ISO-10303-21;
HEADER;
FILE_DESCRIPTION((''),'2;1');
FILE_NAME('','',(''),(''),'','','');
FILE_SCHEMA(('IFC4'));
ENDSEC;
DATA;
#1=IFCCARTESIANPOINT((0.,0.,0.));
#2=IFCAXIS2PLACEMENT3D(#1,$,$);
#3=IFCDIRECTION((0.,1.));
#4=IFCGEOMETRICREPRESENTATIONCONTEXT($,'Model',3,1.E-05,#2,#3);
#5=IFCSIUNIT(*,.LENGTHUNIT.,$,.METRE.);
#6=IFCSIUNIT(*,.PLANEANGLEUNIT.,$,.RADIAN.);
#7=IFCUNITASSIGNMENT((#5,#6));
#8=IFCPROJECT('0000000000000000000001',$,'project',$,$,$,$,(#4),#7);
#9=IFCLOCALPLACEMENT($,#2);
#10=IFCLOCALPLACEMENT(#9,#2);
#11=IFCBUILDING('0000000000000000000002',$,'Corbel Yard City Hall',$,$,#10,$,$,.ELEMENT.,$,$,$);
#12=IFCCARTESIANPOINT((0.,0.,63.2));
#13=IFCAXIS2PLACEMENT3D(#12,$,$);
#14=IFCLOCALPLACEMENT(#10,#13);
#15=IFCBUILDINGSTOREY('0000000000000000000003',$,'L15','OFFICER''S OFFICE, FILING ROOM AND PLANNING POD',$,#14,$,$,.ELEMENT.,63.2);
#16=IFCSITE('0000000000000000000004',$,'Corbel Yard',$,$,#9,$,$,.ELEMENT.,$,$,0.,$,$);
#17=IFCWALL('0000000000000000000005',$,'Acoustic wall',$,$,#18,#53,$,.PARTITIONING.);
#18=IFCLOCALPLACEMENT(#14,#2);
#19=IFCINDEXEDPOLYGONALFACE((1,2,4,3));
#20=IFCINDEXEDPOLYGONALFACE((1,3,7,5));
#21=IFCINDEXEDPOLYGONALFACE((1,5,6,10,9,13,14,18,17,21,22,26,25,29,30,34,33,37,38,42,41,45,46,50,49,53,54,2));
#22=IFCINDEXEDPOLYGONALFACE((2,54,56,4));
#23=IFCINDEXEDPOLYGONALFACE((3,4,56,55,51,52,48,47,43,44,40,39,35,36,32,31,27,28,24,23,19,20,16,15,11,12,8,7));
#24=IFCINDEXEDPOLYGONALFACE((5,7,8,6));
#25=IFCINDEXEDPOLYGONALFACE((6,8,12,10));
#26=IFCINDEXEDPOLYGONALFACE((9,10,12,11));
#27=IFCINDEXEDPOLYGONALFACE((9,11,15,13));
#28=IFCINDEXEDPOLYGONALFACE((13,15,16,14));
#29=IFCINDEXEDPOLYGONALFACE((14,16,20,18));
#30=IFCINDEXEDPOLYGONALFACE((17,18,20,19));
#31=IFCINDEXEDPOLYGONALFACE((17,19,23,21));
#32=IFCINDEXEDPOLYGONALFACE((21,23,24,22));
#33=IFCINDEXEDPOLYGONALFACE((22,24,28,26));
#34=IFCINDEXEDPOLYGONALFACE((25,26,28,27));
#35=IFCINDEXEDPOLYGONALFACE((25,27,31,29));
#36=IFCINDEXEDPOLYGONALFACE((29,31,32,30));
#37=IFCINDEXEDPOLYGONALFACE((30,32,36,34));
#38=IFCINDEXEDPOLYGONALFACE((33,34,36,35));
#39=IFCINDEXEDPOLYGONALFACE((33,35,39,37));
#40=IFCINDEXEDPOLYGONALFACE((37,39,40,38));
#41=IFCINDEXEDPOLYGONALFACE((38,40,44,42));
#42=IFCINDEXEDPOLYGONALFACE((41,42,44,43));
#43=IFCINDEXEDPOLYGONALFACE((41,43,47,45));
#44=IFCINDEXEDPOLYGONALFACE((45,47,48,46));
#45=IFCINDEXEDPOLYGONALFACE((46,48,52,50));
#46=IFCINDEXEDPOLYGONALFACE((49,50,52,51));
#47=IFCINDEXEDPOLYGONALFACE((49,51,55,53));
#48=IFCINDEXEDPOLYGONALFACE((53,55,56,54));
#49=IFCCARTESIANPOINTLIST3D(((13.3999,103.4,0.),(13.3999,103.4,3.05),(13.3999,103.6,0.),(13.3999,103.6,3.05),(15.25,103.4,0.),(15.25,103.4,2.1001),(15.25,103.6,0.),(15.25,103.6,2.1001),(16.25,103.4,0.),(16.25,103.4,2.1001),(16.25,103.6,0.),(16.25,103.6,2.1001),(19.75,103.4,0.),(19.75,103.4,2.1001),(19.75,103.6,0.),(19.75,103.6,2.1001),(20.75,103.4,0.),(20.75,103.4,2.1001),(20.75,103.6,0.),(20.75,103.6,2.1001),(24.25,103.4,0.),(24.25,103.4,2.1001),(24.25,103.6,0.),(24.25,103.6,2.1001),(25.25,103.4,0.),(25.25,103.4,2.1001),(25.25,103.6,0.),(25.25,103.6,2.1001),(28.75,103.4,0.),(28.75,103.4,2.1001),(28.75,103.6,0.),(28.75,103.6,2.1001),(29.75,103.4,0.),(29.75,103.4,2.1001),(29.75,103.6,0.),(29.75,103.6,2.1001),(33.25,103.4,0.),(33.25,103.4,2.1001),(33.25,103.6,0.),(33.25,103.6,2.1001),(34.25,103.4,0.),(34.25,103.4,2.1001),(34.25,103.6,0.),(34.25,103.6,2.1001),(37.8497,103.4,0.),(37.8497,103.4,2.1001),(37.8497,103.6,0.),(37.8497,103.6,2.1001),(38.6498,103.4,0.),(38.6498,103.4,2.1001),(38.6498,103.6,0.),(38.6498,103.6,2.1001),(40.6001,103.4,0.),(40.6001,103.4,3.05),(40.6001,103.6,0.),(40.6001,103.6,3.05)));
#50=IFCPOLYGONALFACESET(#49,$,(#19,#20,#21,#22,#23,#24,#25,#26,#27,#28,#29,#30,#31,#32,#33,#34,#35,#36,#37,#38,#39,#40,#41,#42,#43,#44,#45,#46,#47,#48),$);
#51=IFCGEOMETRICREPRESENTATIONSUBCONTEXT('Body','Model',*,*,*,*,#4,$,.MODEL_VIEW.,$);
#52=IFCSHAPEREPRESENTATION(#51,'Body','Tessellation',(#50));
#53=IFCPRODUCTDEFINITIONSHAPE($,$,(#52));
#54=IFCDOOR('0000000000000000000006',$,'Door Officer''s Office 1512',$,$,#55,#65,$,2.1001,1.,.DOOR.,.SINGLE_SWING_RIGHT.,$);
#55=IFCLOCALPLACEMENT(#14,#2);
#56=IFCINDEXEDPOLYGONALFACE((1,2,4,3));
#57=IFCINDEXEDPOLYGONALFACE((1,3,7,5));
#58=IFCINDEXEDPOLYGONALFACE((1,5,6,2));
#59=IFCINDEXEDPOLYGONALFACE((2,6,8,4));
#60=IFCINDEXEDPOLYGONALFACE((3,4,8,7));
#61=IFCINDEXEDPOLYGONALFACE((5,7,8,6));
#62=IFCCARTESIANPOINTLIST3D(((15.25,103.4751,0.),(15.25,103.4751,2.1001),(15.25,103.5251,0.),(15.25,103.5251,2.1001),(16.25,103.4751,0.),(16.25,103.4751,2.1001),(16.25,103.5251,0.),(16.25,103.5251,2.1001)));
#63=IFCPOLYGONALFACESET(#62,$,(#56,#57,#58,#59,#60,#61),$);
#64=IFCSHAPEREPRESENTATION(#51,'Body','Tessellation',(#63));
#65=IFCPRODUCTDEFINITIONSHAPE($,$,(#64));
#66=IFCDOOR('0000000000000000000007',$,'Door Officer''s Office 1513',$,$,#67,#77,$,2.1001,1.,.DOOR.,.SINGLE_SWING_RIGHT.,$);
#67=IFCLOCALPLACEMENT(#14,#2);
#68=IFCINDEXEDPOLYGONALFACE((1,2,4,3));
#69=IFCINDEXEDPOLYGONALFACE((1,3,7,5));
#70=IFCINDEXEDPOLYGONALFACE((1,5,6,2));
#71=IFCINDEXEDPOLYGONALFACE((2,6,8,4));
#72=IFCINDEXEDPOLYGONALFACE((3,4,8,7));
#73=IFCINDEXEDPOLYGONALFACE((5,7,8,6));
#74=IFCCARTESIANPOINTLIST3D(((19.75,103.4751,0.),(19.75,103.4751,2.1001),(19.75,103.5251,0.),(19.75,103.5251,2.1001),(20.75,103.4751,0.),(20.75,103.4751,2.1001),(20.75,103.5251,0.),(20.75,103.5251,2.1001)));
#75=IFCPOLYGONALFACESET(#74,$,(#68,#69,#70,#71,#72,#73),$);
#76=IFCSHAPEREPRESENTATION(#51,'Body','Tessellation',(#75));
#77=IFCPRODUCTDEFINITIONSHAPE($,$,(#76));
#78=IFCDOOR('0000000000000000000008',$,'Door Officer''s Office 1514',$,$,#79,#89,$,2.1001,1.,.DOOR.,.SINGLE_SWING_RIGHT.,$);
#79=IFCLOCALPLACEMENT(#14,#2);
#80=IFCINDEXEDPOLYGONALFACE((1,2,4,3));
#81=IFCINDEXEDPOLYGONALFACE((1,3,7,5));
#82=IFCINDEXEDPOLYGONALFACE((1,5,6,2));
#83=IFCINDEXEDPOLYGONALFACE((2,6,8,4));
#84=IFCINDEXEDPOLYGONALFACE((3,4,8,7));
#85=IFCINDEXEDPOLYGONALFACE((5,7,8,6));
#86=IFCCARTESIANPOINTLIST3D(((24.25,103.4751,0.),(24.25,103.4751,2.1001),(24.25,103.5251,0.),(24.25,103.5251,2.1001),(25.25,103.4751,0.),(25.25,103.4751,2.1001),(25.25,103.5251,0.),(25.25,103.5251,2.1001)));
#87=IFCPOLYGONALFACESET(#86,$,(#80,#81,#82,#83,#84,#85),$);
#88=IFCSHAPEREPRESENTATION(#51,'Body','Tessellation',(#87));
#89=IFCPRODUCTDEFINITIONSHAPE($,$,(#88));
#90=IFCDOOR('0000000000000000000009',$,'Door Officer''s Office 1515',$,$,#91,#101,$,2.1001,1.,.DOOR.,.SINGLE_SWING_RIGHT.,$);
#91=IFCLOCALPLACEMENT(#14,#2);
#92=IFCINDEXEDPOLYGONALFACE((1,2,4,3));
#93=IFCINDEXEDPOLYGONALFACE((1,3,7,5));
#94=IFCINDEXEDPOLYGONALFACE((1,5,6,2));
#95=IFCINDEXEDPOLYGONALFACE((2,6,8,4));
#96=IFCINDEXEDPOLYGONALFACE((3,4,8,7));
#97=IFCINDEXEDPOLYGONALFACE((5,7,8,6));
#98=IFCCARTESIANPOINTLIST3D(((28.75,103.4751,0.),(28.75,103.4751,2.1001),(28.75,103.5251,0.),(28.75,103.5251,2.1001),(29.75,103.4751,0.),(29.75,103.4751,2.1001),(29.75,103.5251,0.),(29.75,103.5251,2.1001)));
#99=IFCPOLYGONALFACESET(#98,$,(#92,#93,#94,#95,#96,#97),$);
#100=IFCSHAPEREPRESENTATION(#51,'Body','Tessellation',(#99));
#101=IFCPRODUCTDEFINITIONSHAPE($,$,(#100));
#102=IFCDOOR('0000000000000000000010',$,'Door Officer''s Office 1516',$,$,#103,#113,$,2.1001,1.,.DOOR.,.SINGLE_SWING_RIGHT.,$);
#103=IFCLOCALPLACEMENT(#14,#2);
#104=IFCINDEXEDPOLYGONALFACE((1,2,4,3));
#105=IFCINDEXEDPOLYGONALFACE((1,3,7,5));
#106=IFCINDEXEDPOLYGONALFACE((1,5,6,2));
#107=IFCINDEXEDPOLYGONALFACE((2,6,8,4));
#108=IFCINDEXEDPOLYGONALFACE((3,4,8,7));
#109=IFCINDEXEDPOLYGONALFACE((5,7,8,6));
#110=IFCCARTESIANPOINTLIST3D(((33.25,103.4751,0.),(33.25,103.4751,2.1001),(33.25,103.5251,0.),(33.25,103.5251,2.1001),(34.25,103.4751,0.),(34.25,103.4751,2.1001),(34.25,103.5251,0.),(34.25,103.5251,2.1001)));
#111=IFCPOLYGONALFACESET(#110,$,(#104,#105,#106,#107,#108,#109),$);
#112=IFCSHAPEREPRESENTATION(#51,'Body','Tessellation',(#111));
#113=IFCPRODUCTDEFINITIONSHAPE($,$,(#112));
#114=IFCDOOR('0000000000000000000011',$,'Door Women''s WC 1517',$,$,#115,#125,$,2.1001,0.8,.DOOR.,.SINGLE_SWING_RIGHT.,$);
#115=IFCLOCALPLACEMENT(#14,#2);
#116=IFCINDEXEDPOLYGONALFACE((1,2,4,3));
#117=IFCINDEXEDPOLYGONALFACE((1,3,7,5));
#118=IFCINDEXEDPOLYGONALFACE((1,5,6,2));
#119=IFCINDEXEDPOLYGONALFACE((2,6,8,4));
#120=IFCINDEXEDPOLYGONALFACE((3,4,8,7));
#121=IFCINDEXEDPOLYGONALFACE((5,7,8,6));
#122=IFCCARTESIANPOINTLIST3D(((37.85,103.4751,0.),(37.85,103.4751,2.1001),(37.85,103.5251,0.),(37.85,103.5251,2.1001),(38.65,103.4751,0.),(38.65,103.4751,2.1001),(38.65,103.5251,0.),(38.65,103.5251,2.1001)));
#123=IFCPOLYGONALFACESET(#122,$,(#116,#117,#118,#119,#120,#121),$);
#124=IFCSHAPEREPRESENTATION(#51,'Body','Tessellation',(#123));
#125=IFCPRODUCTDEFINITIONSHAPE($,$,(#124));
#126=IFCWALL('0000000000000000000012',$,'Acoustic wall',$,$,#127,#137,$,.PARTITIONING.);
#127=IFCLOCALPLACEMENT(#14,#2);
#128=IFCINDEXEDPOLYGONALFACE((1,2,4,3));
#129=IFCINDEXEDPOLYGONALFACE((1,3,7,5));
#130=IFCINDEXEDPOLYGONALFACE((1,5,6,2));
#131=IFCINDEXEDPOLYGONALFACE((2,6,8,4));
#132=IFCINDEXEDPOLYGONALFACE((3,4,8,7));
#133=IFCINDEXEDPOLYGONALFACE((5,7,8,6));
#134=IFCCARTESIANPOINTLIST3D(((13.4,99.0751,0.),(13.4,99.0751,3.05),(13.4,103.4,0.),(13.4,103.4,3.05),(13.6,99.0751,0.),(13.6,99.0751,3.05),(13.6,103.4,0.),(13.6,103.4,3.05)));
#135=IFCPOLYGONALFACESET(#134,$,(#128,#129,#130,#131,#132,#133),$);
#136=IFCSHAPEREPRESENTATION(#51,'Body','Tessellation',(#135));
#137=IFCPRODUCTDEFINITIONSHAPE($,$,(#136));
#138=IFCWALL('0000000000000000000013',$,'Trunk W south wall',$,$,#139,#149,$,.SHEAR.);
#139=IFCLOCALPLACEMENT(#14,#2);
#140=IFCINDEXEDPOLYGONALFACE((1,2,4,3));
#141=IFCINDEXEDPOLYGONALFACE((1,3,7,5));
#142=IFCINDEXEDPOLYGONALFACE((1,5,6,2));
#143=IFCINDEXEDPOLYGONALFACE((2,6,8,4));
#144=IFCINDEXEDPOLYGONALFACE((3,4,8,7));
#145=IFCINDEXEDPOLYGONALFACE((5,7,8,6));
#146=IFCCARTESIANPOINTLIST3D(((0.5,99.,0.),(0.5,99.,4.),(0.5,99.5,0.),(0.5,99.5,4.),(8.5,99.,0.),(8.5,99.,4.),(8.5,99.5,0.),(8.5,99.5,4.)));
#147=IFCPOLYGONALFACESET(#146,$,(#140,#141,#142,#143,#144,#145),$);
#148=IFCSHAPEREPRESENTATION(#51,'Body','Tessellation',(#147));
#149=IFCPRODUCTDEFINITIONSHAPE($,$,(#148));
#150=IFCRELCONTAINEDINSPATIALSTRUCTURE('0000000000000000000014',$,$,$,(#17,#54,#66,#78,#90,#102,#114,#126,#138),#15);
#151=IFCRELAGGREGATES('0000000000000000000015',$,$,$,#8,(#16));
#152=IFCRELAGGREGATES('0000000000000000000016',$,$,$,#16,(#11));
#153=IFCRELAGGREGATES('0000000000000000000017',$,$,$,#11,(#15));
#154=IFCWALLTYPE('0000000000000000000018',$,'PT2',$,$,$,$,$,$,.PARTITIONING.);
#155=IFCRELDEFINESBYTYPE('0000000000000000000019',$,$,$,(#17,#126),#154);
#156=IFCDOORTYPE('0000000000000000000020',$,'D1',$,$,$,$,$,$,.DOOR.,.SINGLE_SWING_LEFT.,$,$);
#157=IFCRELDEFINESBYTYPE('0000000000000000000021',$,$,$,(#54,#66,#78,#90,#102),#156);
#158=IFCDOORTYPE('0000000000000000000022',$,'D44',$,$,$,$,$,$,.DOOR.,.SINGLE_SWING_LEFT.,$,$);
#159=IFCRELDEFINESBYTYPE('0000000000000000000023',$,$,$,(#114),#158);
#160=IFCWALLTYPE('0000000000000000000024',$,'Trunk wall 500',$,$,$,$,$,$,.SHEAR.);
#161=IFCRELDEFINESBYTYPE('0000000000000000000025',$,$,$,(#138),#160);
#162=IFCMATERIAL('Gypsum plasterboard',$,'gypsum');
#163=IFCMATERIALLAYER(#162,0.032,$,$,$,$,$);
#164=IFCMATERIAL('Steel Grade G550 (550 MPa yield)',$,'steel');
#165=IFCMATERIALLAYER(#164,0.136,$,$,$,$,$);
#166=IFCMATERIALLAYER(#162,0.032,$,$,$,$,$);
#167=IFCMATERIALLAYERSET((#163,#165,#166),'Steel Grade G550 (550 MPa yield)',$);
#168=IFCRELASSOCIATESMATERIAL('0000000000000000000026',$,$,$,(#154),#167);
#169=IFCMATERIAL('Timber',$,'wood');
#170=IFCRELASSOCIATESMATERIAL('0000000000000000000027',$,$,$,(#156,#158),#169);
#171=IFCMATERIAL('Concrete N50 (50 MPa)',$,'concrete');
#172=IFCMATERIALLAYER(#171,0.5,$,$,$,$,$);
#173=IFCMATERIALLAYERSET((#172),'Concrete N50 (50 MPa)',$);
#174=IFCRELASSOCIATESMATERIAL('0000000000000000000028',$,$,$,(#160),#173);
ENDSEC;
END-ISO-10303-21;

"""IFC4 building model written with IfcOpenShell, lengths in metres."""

from ifc_helpers import new_model, si_unit, direction, frame, frame_2d, origin, place, context, subcontext, project, spatial, rectangle, extrude, material, layer, layer_set, type_object, element, fill, save


model = new_model("IFC4")

# Units and contexts
model_context = context("Model", 3, precision=1e-05, world=origin(), true_north=direction((0.0, 1.0)))
body_context = subcontext(model_context, "Body", "Model", "MODEL_VIEW")
ifc_project = project(units=[si_unit("LENGTHUNIT", "METRE"), si_unit("PLANEANGLEUNIT", "RADIAN")], contexts=[model_context])

# Site, building, storey
site_placement = place(None, origin())
site = spatial("IfcSite", under=ifc_project, at=site_placement, Name="Corbel Yard", CompositionType="ELEMENT", RefElevation=0.0)
building_placement = place(site_placement, origin())
building = spatial("IfcBuilding", under=site, at=building_placement, Name="Corbel Yard City Hall", CompositionType="ELEMENT")
storey_placement = place(building_placement, frame((0.0, 0.0, 63.2)))
storey = spatial("IfcBuildingStorey", under=building, at=storey_placement, Name="L15", Description="OFFICER'S OFFICE, FILING ROOM AND PLANNING POD", CompositionType="ELEMENT", Elevation=63.2)

# Shared definitions
ifc_material_1 = material(Name="Gypsum plasterboard", Category="gypsum")
ifc_material_2 = material(Name="Steel Grade G550 (550 MPa yield)", Category="steel")

# Wall, openings, doors
ifc_layer_1 = layer(ifc_material_1, 0.032)
ifc_layer_2 = layer(ifc_material_2, 0.136)
ifc_layer_3 = layer(ifc_material_1, 0.032)
ifc_layer_set_1 = layer_set([ifc_layer_1, ifc_layer_2, ifc_layer_3], Name="Steel Grade G550 (550 MPa yield)")
wall_type_1 = type_object("IfcWallType", Name="PT2", PredefinedType="PARTITIONING", material=ifc_layer_set_1)
wall_1_placement = place(storey_placement, frame((13.3999, 103.5, 0.0), z_axis=(0.0, 0.0, 1.0), x_axis=(1.0, 0.0, 0.0)))
wall_1 = element("IfcWall", 1, at=wall_1_placement, inside=storey, type_object=wall_type_1, Name="Acoustic wall", PredefinedType="PARTITIONING", context=body_context, shape_type="SweptSolid", body=[
    extrude(rectangle(XDim=27.2002, YDim=0.2, at=frame_2d((13.6001, 0.0))), origin(), (0.0, 0.0, 1.0), 3.05),
])
opening_1_placement = place(wall_1_placement, frame((1.8501, 0.0, 0.0)))
opening_1 = element("IfcOpeningElement", 2, at=opening_1_placement, cuts=wall_1, PredefinedType="OPENING", context=body_context, shape_type="SweptSolid", body=[
    extrude(rectangle(XDim=1.0, YDim=2.1001, at=frame_2d((0.5, 1.05))), frame((0.0, 0.1099, 0.0), z_axis=(0.0, -1.0, 0.0), x_axis=(1.0, 0.0, 0.0)), (0.0, 0.0, 1.0), 0.22),
])
opening_2_placement = place(wall_1_placement, frame((6.3501, 0.0, 0.0)))
opening_2 = element("IfcOpeningElement", 3, at=opening_2_placement, cuts=wall_1, PredefinedType="OPENING", context=body_context, shape_type="SweptSolid", body=[
    extrude(rectangle(XDim=1.0, YDim=2.1001, at=frame_2d((0.5, 1.05))), frame((0.0, 0.1099, 0.0), z_axis=(0.0, -1.0, 0.0), x_axis=(1.0, 0.0, 0.0)), (0.0, 0.0, 1.0), 0.22),
])
opening_3_placement = place(wall_1_placement, frame((10.8501, 0.0, 0.0)))
opening_3 = element("IfcOpeningElement", 4, at=opening_3_placement, cuts=wall_1, PredefinedType="OPENING", context=body_context, shape_type="SweptSolid", body=[
    extrude(rectangle(XDim=1.0, YDim=2.1001, at=frame_2d((0.5, 1.05))), frame((0.0, 0.1099, 0.0), z_axis=(0.0, -1.0, 0.0), x_axis=(1.0, 0.0, 0.0)), (0.0, 0.0, 1.0), 0.22),
])
opening_4_placement = place(wall_1_placement, frame((15.3501, 0.0, 0.0)))
opening_4 = element("IfcOpeningElement", 5, at=opening_4_placement, cuts=wall_1, PredefinedType="OPENING", context=body_context, shape_type="SweptSolid", body=[
    extrude(rectangle(XDim=1.0, YDim=2.1001, at=frame_2d((0.5, 1.05))), frame((0.0, 0.1099, 0.0), z_axis=(0.0, -1.0, 0.0), x_axis=(1.0, 0.0, 0.0)), (0.0, 0.0, 1.0), 0.22),
])
opening_5_placement = place(wall_1_placement, frame((19.8501, 0.0, 0.0)))
opening_5 = element("IfcOpeningElement", 6, at=opening_5_placement, cuts=wall_1, PredefinedType="OPENING", context=body_context, shape_type="SweptSolid", body=[
    extrude(rectangle(XDim=1.0, YDim=2.1001, at=frame_2d((0.5, 1.05))), frame((0.0, 0.1099, 0.0), z_axis=(0.0, -1.0, 0.0), x_axis=(1.0, 0.0, 0.0)), (0.0, 0.0, 1.0), 0.22),
])
opening_6_placement = place(wall_1_placement, frame((24.45, 0.0, 0.0)))
opening_6 = element("IfcOpeningElement", 7, at=opening_6_placement, cuts=wall_1, PredefinedType="OPENING", context=body_context, shape_type="SweptSolid", body=[
    extrude(rectangle(XDim=0.8, YDim=2.1001, at=frame_2d((0.3999, 1.05))), frame((0.0, 0.1099, 0.0), z_axis=(0.0, -1.0, 0.0), x_axis=(1.0, 0.0, 0.0)), (0.0, 0.0, 1.0), 0.22),
])
ifc_material_3 = material(Name="Timber", Category="wood")
door_type_1 = type_object("IfcDoorType", Name="D1", OperationType="SINGLE_SWING_LEFT", PredefinedType="DOOR", material=ifc_material_3)
door_1_placement = place(opening_1_placement, frame((1.0, 0.0, 0.0), z_axis=(0.0, 0.0, 1.0), x_axis=(-1.0, 0.0, 0.0)))
door_1 = element("IfcDoor", 8, at=door_1_placement, inside=storey, type_object=door_type_1, Name="Door Officer's Office 1512", OperationType="SINGLE_SWING_RIGHT", OverallHeight=2.1001, OverallWidth=1.0, PredefinedType="DOOR", context=body_context, shape_type="SweptSolid", body=[
    extrude(rectangle(XDim=1.0, YDim=2.1001, at=frame_2d((0.5, 1.05))), frame((0.0, 0.0249, 0.0), z_axis=(0.0, -1.0, 0.0), x_axis=(1.0, 0.0, 0.0)), (0.0, 0.0, 1.0), 0.05),
])
fill(opening_1, door_1)
door_2_placement = place(opening_2_placement, frame((1.0, 0.0, 0.0), z_axis=(0.0, 0.0, 1.0), x_axis=(-1.0, 0.0, 0.0)))
door_2 = element("IfcDoor", 9, at=door_2_placement, inside=storey, type_object=door_type_1, Name="Door Officer's Office 1513", OperationType="SINGLE_SWING_RIGHT", OverallHeight=2.1001, OverallWidth=1.0, PredefinedType="DOOR", context=body_context, shape_type="SweptSolid", body=[
    extrude(rectangle(XDim=1.0, YDim=2.1001, at=frame_2d((0.5, 1.05))), frame((0.0, 0.0249, 0.0), z_axis=(0.0, -1.0, 0.0), x_axis=(1.0, 0.0, 0.0)), (0.0, 0.0, 1.0), 0.05),
])
fill(opening_2, door_2)
door_3_placement = place(opening_3_placement, frame((1.0, 0.0, 0.0), z_axis=(0.0, 0.0, 1.0), x_axis=(-1.0, 0.0, 0.0)))
door_3 = element("IfcDoor", 10, at=door_3_placement, inside=storey, type_object=door_type_1, Name="Door Officer's Office 1514", OperationType="SINGLE_SWING_RIGHT", OverallHeight=2.1001, OverallWidth=1.0, PredefinedType="DOOR", context=body_context, shape_type="SweptSolid", body=[
    extrude(rectangle(XDim=1.0, YDim=2.1001, at=frame_2d((0.5, 1.05))), frame((0.0, 0.0249, 0.0), z_axis=(0.0, -1.0, 0.0), x_axis=(1.0, 0.0, 0.0)), (0.0, 0.0, 1.0), 0.05),
])
fill(opening_3, door_3)
door_4_placement = place(opening_4_placement, frame((1.0, 0.0, 0.0), z_axis=(0.0, 0.0, 1.0), x_axis=(-1.0, 0.0, 0.0)))
door_4 = element("IfcDoor", 11, at=door_4_placement, inside=storey, type_object=door_type_1, Name="Door Officer's Office 1515", OperationType="SINGLE_SWING_RIGHT", OverallHeight=2.1001, OverallWidth=1.0, PredefinedType="DOOR", context=body_context, shape_type="SweptSolid", body=[
    extrude(rectangle(XDim=1.0, YDim=2.1001, at=frame_2d((0.5, 1.05))), frame((0.0, 0.0249, 0.0), z_axis=(0.0, -1.0, 0.0), x_axis=(1.0, 0.0, 0.0)), (0.0, 0.0, 1.0), 0.05),
])
fill(opening_4, door_4)
door_5_placement = place(opening_5_placement, frame((1.0, 0.0, 0.0), z_axis=(0.0, 0.0, 1.0), x_axis=(-1.0, 0.0, 0.0)))
door_5 = element("IfcDoor", 12, at=door_5_placement, inside=storey, type_object=door_type_1, Name="Door Officer's Office 1516", OperationType="SINGLE_SWING_RIGHT", OverallHeight=2.1001, OverallWidth=1.0, PredefinedType="DOOR", context=body_context, shape_type="SweptSolid", body=[
    extrude(rectangle(XDim=1.0, YDim=2.1001, at=frame_2d((0.5, 1.05))), frame((0.0, 0.0249, 0.0), z_axis=(0.0, -1.0, 0.0), x_axis=(1.0, 0.0, 0.0)), (0.0, 0.0, 1.0), 0.05),
])
fill(opening_5, door_5)
door_type_2 = type_object("IfcDoorType", Name="D44", OperationType="SINGLE_SWING_LEFT", PredefinedType="DOOR", material=ifc_material_3)
door_6_placement = place(opening_6_placement, frame((0.8, 0.0, 0.0), z_axis=(0.0, 0.0, 1.0), x_axis=(-1.0, 0.0, 0.0)))
door_6 = element("IfcDoor", 13, at=door_6_placement, inside=storey, type_object=door_type_2, Name="Door Women's WC 1517", OperationType="SINGLE_SWING_RIGHT", OverallHeight=2.1001, OverallWidth=0.8, PredefinedType="DOOR", context=body_context, shape_type="SweptSolid", body=[
    extrude(rectangle(XDim=0.8, YDim=2.1001, at=frame_2d((0.3999, 1.05))), frame((0.0, 0.0249, 0.0), z_axis=(0.0, -1.0, 0.0), x_axis=(1.0, 0.0, 0.0)), (0.0, 0.0, 1.0), 0.05),
])
fill(opening_6, door_6)

# Walls
wall_2_placement = place(storey_placement, frame((13.5, 99.075, 0.0), z_axis=(0.0, 0.0, 1.0), x_axis=(0.0, 1.0, 0.0)))
element("IfcWall", 14, at=wall_2_placement, inside=storey, type_object=wall_type_1, Name="Acoustic wall", PredefinedType="PARTITIONING", context=body_context, shape_type="SweptSolid", body=[
    extrude(rectangle(XDim=4.325, YDim=0.2, at=frame_2d((2.1626, 0.0))), origin(), (0.0, 0.0, 1.0), 3.05),
])
ifc_material_4 = material(Name="Concrete N50 (50 MPa)", Category="concrete")
ifc_layer_4 = layer(ifc_material_4, 0.5)
ifc_layer_set_2 = layer_set([ifc_layer_4], Name="Concrete N50 (50 MPa)")
wall_type_2 = type_object("IfcWallType", Name="Trunk wall 500", PredefinedType="SHEAR", material=ifc_layer_set_2)
wall_3_placement = place(storey_placement, frame((0.5, 99.25, 0.0), z_axis=(0.0, 0.0, 1.0), x_axis=(1.0, 0.0, 0.0)))
element("IfcWall", 15, at=wall_3_placement, inside=storey, type_object=wall_type_2, Name="Trunk W south wall", PredefinedType="SHEAR", context=body_context, shape_type="SweptSolid", body=[
    extrude(rectangle(XDim=8.0, YDim=0.5, at=frame_2d((4.0, 0.0))), origin(), (0.0, 0.0, 1.0), 4.0),
])

save(model, "model.ifc")
